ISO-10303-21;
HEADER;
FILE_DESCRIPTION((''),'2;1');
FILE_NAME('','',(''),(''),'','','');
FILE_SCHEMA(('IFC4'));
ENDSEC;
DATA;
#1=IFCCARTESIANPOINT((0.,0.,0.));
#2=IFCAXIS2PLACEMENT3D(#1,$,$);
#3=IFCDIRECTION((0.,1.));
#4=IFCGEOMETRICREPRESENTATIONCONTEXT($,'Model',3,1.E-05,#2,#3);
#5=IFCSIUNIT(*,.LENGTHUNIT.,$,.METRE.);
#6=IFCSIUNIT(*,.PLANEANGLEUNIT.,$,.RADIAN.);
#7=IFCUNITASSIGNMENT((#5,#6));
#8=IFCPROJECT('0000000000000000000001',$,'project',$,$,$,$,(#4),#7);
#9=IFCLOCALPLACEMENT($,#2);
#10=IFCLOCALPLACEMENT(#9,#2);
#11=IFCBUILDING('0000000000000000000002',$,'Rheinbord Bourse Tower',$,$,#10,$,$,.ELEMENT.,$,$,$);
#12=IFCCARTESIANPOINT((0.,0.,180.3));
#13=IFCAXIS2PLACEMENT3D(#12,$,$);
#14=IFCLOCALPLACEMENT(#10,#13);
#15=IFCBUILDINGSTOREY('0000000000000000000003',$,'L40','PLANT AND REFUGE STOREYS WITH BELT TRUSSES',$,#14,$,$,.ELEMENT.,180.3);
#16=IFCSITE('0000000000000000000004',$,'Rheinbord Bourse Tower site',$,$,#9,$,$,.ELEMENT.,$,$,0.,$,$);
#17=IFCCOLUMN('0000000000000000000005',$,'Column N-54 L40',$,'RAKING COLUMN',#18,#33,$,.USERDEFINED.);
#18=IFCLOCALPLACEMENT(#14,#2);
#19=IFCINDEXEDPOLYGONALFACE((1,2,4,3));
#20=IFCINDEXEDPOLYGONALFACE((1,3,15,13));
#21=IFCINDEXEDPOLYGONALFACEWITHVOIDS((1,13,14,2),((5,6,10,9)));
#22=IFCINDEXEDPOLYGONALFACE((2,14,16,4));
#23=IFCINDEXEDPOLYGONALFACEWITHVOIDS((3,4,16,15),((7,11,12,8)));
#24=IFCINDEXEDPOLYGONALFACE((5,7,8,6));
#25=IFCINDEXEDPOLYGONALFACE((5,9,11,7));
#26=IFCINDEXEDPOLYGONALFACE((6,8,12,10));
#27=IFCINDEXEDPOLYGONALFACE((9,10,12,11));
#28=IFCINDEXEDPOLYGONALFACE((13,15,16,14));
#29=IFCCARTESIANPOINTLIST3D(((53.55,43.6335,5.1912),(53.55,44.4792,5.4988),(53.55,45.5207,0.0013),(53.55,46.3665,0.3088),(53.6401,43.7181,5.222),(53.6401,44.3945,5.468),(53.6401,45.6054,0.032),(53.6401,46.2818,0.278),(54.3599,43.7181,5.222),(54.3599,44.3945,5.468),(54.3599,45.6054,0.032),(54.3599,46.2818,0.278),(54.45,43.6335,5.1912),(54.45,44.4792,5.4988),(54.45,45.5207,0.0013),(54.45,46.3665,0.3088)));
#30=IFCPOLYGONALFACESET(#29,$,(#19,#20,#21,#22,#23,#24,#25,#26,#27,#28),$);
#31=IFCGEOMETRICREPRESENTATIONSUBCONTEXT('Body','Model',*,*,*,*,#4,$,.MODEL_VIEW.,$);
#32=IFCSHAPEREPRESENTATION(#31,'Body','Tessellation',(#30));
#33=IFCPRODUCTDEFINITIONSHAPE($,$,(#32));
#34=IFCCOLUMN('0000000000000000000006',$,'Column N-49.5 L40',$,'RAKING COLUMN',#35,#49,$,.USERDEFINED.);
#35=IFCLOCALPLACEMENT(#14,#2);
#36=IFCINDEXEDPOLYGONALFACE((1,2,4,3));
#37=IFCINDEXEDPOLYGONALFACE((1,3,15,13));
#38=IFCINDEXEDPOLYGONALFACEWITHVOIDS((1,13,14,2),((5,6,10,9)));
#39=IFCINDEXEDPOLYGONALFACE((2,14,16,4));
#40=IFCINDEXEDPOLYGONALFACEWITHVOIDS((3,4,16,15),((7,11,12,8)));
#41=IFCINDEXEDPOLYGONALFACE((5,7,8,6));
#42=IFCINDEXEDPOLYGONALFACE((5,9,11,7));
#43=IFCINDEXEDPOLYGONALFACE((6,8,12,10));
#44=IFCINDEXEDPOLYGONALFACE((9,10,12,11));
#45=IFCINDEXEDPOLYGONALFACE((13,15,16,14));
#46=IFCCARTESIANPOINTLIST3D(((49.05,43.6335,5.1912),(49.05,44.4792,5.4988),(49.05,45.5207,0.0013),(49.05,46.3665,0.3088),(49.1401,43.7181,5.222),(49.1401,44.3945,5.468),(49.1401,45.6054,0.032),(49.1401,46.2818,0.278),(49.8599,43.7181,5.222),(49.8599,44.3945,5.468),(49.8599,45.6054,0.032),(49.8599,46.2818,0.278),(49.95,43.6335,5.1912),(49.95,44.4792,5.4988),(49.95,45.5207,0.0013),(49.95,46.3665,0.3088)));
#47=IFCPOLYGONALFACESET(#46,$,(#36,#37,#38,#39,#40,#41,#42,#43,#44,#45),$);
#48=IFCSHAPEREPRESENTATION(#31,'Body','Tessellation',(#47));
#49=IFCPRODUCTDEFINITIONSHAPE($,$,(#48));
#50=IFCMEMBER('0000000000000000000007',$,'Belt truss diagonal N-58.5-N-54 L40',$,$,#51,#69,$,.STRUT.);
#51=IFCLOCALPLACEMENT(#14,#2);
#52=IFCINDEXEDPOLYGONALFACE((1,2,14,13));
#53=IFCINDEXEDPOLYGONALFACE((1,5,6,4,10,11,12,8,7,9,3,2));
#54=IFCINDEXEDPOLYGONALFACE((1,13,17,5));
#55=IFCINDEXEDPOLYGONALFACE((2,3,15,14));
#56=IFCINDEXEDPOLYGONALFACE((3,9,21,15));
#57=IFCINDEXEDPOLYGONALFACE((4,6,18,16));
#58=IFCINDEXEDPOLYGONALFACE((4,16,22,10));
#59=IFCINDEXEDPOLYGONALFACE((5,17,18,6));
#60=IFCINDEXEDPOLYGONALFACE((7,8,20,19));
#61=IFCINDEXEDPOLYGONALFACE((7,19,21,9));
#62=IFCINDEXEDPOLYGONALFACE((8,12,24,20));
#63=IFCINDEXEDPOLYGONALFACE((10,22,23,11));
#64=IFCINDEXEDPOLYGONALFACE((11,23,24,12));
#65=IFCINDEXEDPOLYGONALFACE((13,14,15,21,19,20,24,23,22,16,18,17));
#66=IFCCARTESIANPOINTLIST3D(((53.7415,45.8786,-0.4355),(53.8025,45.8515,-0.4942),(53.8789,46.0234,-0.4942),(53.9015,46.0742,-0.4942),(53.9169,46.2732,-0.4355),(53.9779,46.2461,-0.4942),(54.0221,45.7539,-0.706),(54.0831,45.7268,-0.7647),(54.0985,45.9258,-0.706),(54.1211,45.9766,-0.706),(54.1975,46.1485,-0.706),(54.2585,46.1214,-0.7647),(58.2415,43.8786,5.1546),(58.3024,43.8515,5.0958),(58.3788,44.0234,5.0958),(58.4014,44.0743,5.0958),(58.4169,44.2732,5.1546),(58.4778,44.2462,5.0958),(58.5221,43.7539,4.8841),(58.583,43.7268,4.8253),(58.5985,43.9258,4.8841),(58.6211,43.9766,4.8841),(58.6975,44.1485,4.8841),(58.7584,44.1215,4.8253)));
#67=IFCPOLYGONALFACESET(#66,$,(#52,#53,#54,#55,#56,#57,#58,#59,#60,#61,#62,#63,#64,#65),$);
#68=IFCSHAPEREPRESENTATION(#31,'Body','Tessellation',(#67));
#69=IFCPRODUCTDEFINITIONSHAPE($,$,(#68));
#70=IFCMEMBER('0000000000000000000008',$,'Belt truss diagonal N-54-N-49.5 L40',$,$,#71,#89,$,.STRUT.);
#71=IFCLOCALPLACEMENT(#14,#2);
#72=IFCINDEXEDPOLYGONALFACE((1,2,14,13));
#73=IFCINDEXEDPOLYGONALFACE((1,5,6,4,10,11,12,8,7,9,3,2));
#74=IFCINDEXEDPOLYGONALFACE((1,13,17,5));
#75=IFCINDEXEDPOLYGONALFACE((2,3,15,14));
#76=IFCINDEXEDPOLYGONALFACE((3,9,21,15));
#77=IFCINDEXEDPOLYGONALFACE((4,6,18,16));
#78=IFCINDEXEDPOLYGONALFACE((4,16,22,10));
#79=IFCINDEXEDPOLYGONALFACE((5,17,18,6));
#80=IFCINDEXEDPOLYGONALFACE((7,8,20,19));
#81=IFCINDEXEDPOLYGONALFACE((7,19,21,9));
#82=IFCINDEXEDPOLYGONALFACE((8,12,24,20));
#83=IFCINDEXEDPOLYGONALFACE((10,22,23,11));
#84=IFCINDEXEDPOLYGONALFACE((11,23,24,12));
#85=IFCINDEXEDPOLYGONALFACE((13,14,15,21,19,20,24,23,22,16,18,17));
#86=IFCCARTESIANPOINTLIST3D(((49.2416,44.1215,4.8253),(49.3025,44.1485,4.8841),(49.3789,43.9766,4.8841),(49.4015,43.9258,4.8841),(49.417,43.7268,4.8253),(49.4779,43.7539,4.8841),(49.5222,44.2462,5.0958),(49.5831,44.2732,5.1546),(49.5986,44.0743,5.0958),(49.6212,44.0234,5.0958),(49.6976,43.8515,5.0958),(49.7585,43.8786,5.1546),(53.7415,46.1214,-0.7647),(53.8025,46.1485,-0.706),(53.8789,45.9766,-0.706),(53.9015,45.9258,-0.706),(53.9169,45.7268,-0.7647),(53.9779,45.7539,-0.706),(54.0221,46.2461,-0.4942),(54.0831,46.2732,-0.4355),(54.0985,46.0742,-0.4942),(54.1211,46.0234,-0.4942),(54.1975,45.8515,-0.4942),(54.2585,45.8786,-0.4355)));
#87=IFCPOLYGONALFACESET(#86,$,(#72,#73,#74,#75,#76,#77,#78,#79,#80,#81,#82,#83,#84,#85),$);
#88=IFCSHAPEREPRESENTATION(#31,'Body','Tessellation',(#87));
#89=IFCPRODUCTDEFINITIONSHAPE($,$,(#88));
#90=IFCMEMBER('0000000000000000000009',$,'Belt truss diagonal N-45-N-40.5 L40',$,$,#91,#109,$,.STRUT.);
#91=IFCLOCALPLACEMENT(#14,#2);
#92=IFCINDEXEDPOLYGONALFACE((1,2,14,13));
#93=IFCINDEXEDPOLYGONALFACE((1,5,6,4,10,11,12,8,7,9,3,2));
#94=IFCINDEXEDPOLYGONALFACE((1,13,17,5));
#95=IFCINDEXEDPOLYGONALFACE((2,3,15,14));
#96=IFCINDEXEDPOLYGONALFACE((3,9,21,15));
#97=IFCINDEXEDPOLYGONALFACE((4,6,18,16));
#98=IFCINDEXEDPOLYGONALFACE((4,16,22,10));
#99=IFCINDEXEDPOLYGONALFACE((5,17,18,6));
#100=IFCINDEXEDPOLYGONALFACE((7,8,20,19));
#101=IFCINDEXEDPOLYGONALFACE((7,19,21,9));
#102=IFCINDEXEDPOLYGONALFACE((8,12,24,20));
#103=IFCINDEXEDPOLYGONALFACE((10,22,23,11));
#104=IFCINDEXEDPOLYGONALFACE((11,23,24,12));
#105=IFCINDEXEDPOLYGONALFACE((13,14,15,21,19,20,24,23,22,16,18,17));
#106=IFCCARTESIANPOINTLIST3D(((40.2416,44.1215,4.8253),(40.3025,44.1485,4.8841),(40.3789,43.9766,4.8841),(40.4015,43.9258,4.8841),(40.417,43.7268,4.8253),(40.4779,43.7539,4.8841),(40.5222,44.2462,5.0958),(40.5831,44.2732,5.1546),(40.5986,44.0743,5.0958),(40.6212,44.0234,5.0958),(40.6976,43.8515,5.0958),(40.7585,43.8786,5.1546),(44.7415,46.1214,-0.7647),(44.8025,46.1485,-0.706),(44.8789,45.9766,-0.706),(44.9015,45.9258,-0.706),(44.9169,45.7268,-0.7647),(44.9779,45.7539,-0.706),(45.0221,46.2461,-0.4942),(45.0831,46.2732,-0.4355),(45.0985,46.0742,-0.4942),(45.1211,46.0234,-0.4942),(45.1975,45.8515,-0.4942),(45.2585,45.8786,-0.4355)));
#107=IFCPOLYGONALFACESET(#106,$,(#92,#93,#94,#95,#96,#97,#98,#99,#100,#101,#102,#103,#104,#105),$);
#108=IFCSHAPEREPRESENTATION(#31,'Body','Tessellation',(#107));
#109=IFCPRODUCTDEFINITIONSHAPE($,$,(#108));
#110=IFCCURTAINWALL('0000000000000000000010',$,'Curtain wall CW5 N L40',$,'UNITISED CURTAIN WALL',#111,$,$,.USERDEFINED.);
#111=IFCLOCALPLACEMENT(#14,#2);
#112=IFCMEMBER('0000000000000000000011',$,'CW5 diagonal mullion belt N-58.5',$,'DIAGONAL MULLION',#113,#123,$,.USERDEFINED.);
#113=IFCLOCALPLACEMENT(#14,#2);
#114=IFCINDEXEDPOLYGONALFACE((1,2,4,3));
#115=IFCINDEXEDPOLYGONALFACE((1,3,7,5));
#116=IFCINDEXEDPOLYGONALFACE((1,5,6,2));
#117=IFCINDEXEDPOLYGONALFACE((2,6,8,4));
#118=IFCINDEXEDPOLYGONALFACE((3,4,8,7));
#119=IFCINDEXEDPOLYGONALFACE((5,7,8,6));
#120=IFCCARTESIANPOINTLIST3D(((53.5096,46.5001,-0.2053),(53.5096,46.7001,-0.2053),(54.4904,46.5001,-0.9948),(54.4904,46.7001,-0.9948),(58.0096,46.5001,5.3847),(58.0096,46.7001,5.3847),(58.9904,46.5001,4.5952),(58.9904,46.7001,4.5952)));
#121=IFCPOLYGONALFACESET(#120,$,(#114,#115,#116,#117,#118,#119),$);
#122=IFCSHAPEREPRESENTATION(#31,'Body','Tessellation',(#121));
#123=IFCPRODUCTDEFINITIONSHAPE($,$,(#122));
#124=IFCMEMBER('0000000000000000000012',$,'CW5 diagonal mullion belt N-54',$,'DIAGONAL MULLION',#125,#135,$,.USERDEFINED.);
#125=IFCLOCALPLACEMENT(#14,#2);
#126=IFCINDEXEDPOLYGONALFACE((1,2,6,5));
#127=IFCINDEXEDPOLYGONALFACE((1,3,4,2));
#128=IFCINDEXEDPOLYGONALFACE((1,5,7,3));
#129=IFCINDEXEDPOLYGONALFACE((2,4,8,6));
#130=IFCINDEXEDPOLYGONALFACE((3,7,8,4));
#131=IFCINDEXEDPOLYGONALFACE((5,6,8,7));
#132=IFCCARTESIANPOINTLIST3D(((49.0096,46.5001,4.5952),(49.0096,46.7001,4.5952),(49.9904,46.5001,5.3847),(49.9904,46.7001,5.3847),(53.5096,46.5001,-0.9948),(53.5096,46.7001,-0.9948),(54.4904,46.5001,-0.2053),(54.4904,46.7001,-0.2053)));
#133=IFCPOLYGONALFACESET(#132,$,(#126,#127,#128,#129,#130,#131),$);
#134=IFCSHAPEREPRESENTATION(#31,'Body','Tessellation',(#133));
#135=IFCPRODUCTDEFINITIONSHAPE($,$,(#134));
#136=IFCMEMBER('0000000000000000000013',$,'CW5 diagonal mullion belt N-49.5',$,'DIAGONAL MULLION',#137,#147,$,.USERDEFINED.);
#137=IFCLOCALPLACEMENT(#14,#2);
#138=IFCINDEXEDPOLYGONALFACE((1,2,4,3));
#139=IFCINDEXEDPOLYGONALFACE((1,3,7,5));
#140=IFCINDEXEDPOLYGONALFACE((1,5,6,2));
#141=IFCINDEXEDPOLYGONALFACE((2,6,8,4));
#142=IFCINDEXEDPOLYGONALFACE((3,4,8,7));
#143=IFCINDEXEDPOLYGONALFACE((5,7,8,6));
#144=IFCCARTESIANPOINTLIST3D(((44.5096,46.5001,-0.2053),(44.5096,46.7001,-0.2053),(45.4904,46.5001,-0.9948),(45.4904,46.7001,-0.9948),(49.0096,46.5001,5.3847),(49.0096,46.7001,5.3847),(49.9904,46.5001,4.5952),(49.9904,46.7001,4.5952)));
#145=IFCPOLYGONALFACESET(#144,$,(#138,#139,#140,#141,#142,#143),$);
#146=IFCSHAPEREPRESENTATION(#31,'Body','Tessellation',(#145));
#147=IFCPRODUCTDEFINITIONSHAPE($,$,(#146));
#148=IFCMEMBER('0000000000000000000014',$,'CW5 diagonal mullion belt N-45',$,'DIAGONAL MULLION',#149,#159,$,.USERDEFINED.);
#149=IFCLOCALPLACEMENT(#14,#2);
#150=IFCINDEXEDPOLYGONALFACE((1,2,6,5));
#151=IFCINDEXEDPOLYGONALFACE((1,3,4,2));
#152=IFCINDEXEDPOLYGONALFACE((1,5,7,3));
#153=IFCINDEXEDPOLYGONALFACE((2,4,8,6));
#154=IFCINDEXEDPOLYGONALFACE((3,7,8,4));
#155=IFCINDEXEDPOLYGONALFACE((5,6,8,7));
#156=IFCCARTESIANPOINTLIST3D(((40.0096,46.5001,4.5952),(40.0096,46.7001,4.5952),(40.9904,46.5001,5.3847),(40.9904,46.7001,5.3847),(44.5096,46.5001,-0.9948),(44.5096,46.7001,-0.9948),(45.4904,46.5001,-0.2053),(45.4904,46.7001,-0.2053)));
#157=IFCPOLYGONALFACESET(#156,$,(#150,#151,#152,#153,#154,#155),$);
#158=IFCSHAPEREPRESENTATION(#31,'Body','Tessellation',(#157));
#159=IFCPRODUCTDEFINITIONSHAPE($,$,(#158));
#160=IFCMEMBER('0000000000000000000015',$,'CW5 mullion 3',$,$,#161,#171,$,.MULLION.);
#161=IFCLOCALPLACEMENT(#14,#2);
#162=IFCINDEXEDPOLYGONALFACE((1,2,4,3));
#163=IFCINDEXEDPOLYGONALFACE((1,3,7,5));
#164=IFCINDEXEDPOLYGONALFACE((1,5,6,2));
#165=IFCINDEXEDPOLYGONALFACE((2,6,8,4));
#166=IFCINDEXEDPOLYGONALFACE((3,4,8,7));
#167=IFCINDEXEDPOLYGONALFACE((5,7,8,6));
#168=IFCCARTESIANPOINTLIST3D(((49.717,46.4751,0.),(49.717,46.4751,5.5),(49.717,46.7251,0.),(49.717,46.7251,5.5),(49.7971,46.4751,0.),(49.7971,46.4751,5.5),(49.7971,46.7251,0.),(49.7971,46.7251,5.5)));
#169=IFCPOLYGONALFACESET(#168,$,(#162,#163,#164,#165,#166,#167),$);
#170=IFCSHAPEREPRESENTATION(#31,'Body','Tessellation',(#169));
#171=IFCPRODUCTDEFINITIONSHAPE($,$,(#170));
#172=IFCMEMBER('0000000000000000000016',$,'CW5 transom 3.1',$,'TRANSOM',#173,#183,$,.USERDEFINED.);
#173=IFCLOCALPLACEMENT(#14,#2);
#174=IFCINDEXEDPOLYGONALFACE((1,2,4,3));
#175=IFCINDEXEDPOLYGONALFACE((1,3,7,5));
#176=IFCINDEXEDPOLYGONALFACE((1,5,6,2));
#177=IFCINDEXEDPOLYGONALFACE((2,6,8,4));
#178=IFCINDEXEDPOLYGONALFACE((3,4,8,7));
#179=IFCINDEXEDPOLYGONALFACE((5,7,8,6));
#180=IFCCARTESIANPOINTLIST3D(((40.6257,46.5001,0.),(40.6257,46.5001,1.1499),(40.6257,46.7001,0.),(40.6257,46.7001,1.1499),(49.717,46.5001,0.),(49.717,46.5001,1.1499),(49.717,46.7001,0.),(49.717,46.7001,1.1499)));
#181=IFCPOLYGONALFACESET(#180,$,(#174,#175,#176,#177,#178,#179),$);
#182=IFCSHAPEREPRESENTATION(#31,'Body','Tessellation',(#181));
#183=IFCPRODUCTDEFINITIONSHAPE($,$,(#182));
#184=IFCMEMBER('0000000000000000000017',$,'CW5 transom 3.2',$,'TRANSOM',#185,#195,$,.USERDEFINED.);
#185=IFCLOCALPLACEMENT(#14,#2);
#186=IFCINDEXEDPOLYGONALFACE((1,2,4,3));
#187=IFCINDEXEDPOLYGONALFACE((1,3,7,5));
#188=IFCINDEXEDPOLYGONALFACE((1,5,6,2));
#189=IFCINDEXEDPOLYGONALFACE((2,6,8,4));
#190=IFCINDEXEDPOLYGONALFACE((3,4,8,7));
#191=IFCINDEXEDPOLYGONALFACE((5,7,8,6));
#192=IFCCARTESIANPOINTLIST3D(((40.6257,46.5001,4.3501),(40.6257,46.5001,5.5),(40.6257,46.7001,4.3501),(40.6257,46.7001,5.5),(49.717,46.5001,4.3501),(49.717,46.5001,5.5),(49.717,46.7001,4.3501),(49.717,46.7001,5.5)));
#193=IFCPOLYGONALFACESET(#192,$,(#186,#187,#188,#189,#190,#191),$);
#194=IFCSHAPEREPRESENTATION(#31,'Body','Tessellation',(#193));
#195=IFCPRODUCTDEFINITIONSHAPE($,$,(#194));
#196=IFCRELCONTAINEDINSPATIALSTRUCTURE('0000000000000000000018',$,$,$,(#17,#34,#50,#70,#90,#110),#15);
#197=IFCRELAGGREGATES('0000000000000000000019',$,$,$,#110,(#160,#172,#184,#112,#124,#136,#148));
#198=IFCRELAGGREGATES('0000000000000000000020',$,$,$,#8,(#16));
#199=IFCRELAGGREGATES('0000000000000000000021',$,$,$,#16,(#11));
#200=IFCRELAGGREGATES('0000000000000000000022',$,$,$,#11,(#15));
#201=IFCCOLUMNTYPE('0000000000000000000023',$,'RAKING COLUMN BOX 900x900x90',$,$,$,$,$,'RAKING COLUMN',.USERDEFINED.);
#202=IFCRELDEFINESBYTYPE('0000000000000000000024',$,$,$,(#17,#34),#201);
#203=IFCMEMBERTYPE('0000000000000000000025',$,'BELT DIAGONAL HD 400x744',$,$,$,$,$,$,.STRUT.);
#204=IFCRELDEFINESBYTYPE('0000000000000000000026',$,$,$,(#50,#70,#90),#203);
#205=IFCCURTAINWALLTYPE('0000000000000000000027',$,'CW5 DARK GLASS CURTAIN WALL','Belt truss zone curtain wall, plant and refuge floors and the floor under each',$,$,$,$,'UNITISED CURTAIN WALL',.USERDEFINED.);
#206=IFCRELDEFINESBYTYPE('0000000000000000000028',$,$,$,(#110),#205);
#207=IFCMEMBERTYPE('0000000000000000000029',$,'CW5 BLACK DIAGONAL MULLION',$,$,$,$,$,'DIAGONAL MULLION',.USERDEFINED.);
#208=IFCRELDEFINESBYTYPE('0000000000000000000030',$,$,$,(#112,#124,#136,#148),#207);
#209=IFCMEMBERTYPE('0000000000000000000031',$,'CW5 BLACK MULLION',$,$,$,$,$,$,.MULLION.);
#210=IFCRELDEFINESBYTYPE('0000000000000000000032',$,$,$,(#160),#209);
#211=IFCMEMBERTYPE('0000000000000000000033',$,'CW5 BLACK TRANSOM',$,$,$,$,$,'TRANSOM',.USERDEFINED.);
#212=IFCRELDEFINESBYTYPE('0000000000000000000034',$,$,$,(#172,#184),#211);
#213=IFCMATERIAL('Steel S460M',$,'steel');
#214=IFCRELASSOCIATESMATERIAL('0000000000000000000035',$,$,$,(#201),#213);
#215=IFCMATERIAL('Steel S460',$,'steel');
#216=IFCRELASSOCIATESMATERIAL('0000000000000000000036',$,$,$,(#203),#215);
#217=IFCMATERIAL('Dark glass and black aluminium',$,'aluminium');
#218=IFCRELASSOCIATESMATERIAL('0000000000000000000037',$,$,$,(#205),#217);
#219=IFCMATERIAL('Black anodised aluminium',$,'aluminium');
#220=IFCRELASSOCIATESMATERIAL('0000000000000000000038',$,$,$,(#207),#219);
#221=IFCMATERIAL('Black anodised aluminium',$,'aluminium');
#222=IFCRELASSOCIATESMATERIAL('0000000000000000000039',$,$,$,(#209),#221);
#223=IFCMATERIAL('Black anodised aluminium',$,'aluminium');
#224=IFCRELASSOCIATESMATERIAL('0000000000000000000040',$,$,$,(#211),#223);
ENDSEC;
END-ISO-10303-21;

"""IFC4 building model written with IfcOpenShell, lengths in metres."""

from ifc_helpers import new_model, si_unit, direction, frame, origin, origin_2d, place, context, subcontext, project, spatial, rectangle, hollow_rectangle, i_section, extrude, material, material_profile, profile_set, type_object, element, aggregate, save


model = new_model("IFC4")

# Units and contexts
model_context = context("Model", 3, precision=1e-05, world=origin(), true_north=direction((0.0, 1.0)))
body_context = subcontext(model_context, "Body", "Model", "MODEL_VIEW")
ifc_project = project(units=[si_unit("LENGTHUNIT", "METRE"), si_unit("PLANEANGLEUNIT", "RADIAN")], contexts=[model_context])

# Site, building, storey
site_placement = place(None, origin())
site = spatial("IfcSite", under=ifc_project, at=site_placement, Name="Rheinbord Bourse Tower site", CompositionType="ELEMENT", RefElevation=0.0)
building_placement = place(site_placement, origin())
building = spatial("IfcBuilding", under=site, at=building_placement, Name="Rheinbord Bourse Tower", CompositionType="ELEMENT")
storey_placement = place(building_placement, frame((0.0, 0.0, 180.3)))
storey = spatial("IfcBuildingStorey", under=building, at=storey_placement, Name="L40", Description="PLANT AND REFUGE STOREYS WITH BELT TRUSSES", CompositionType="ELEMENT", Elevation=180.3)

# Columns
ifc_material_1 = material(Name="Steel S460M", Category="steel")
ifc_material_profile_1 = material_profile(ifc_material_1, hollow_rectangle(XDim=0.8999, YDim=0.8999, WallThickness=0.0901, at=origin_2d()), Name="BOX 900x900x90")
ifc_profile_set_1 = profile_set([ifc_material_profile_1], Name="Steel S460M")
column_type = type_object("IfcColumnType", Name="RAKING COLUMN BOX 900x900x90", ElementType="RAKING COLUMN", PredefinedType="USERDEFINED", material=ifc_profile_set_1)
for number, where, z_axis, x_axis, name in (
    (1, (54.0, 45.9436, 0.155), (0.0, -0.341743, 0.939793), (0.0, 0.939793, 0.341743), "Column N-54 L40"),
    (2, (49.5, 45.9436, 0.155), (0.0, -0.341743, 0.939793), (0.0, 0.939793, 0.341743), "Column N-49.5 L40"),
):
    element("IfcColumn", number, at=place(storey_placement, frame(where, z_axis=z_axis, x_axis=x_axis)), inside=storey, type_object=column_type, Name=name, ObjectType="RAKING COLUMN", PredefinedType="USERDEFINED", context=body_context, shape_type="SweptSolid", body=[
        extrude(hollow_rectangle(XDim=0.8999, YDim=0.8999, WallThickness=0.0901, at=origin_2d()), origin(), (0.0, 0.0, 1.0), 5.5225),
    ])

# Members
ifc_material_2 = material(Name="Steel S460", Category="steel")
ifc_material_profile_2 = material_profile(ifc_material_2, i_section(OverallWidth=0.4319, OverallDepth=0.498, WebThickness=0.0557, FlangeThickness=0.0889, at=origin_2d()), Name="HD 400x744")
ifc_profile_set_2 = profile_set([ifc_material_profile_2], Name="Steel S460")
member_type_1 = type_object("IfcMemberType", Name="BELT DIAGONAL HD 400x744", PredefinedType="STRUT", material=ifc_profile_set_2)
for number, where, z_axis, x_axis, name in (
    (3, (54.0, 46.0, -0.6001), (0.604045, -0.268465, 0.75037), (0.406138, 0.913812, 0.0), "Belt truss diagonal N-58.5-N-54 L40"),
    (4, (54.0, 46.0, -0.6001), (-0.604045, -0.268465, 0.75037), (0.406138, -0.913812, 0.0), "Belt truss diagonal N-54-N-49.5 L40"),
    (5, (45.0, 46.0, -0.6001), (-0.604045, -0.268465, 0.75037), (0.406138, -0.913812, 0.0), "Belt truss diagonal N-45-N-40.5 L40"),
):
    element("IfcMember", number, at=place(storey_placement, frame(where, z_axis=z_axis, x_axis=x_axis)), inside=storey, type_object=member_type_1, Name=name, PredefinedType="STRUT", context=body_context, shape_type="SweptSolid", body=[
        extrude(i_section(OverallWidth=0.4319, OverallDepth=0.498, WebThickness=0.0557, FlangeThickness=0.0889, at=origin_2d()), origin(), (0.0, 0.0, 1.0), 7.4497),
    ])

# Curtain wall, members
ifc_material_3 = material(Name="Dark glass and black aluminium", Category="aluminium")
curtain_wall_type = type_object("IfcCurtainWallType", Name="CW5 DARK GLASS CURTAIN WALL", Description="Belt truss zone curtain wall, plant and refuge floors and the floor under each", ElementType="UNITISED CURTAIN WALL", PredefinedType="USERDEFINED", material=ifc_material_3)
curtain_wall_placement = place(storey_placement, origin())
curtain_wall = element("IfcCurtainWall", 6, at=curtain_wall_placement, inside=storey, type_object=curtain_wall_type, Name="Curtain wall CW5 N L40", ObjectType="UNITISED CURTAIN WALL", PredefinedType="USERDEFINED")
ifc_material_4 = material(Name="Black anodised aluminium", Category="aluminium")
ifc_material_profile_3 = material_profile(ifc_material_4, rectangle(XDim=0.2, YDim=1.259, at=origin_2d()), Name="CW5 DIAGONAL MULLION 1259x200")
ifc_profile_set_3 = profile_set([ifc_material_profile_3], Name="Black anodised aluminium")
member_type_2 = type_object("IfcMemberType", Name="CW5 BLACK DIAGONAL MULLION", ElementType="DIAGONAL MULLION", PredefinedType="USERDEFINED", material=ifc_profile_set_3)
member_1_placement = place(storey_placement, frame((54.0, 46.6001, -0.6001), z_axis=(0.627065, 0.0, 0.778967), x_axis=(0.0, 1.0, 0.0)))
member_1 = element("IfcMember", 7, at=member_1_placement, type_object=member_type_2, Name="CW5 diagonal mullion belt N-58.5", ObjectType="DIAGONAL MULLION", PredefinedType="USERDEFINED", context=body_context, shape_type="SweptSolid", body=[
    extrude(rectangle(XDim=0.2, YDim=1.259, at=origin_2d()), origin(), (0.0, 0.0, 1.0), 7.1763),
])
member_2_placement = place(storey_placement, frame((54.0, 46.6001, -0.6001), z_axis=(-0.627065, 0.0, 0.778967), x_axis=(0.0, -1.0, 0.0)))
member_2 = element("IfcMember", 8, at=member_2_placement, type_object=member_type_2, Name="CW5 diagonal mullion belt N-54", ObjectType="DIAGONAL MULLION", PredefinedType="USERDEFINED", context=body_context, shape_type="SweptSolid", body=[
    extrude(rectangle(XDim=0.2, YDim=1.259, at=origin_2d()), origin(), (0.0, 0.0, 1.0), 7.1763),
])
member_3_placement = place(storey_placement, frame((45.0, 46.6001, -0.6001), z_axis=(0.627065, 0.0, 0.778967), x_axis=(0.0, 1.0, 0.0)))
member_3 = element("IfcMember", 9, at=member_3_placement, type_object=member_type_2, Name="CW5 diagonal mullion belt N-49.5", ObjectType="DIAGONAL MULLION", PredefinedType="USERDEFINED", context=body_context, shape_type="SweptSolid", body=[
    extrude(rectangle(XDim=0.2, YDim=1.259, at=origin_2d()), origin(), (0.0, 0.0, 1.0), 7.1763),
])
member_4_placement = place(storey_placement, frame((45.0, 46.6001, -0.6001), z_axis=(-0.627065, 0.0, 0.778967), x_axis=(0.0, -1.0, 0.0)))
member_4 = element("IfcMember", 10, at=member_4_placement, type_object=member_type_2, Name="CW5 diagonal mullion belt N-45", ObjectType="DIAGONAL MULLION", PredefinedType="USERDEFINED", context=body_context, shape_type="SweptSolid", body=[
    extrude(rectangle(XDim=0.2, YDim=1.259, at=origin_2d()), origin(), (0.0, 0.0, 1.0), 7.1763),
])
ifc_material_5 = material(Name="Black anodised aluminium", Category="aluminium")
ifc_material_profile_4 = material_profile(ifc_material_5, rectangle(XDim=0.25, YDim=0.0801, at=origin_2d()), Name="CW5 MULLION 80x250")
ifc_profile_set_4 = profile_set([ifc_material_profile_4], Name="Black anodised aluminium")
member_type_3 = type_object("IfcMemberType", Name="CW5 BLACK MULLION", PredefinedType="MULLION", material=ifc_profile_set_4)
member_5_placement = place(storey_placement, frame((49.7571, 46.6001, 0.0), z_axis=(0.0, 0.0, 1.0), x_axis=(0.0, -1.0, 0.0)))
member_5 = element("IfcMember", 11, at=member_5_placement, type_object=member_type_3, Name="CW5 mullion 3", PredefinedType="MULLION", context=body_context, shape_type="SweptSolid", body=[
    extrude(rectangle(XDim=0.25, YDim=0.0801, at=origin_2d()), origin(), (0.0, 0.0, 1.0), 5.5),
])
ifc_material_6 = material(Name="Black anodised aluminium", Category="aluminium")
ifc_material_profile_5 = material_profile(ifc_material_6, rectangle(XDim=0.2, YDim=1.1499, at=origin_2d()), Name="CW5 TRANSOM 1150x200")
ifc_profile_set_5 = profile_set([ifc_material_profile_5], Name="Black anodised aluminium")
member_type_4 = type_object("IfcMemberType", Name="CW5 BLACK TRANSOM", ElementType="TRANSOM", PredefinedType="USERDEFINED", material=ifc_profile_set_5)
member_6_placement = place(storey_placement, frame((49.717, 46.6001, 0.575), z_axis=(-1.0, 0.0, 0.0), x_axis=(0.0, -1.0, 0.0)))
member_6 = element("IfcMember", 12, at=member_6_placement, type_object=member_type_4, Name="CW5 transom 3.1", ObjectType="TRANSOM", PredefinedType="USERDEFINED", context=body_context, shape_type="SweptSolid", body=[
    extrude(rectangle(XDim=0.2, YDim=1.1499, at=origin_2d()), origin(), (0.0, 0.0, 1.0), 9.0913),
])
member_7_placement = place(storey_placement, frame((49.717, 46.6001, 4.925), z_axis=(-1.0, 0.0, 0.0), x_axis=(0.0, -1.0, 0.0)))
member_7 = element("IfcMember", 13, at=member_7_placement, type_object=member_type_4, Name="CW5 transom 3.2", ObjectType="TRANSOM", PredefinedType="USERDEFINED", context=body_context, shape_type="SweptSolid", body=[
    extrude(rectangle(XDim=0.2, YDim=1.1499, at=origin_2d()), origin(), (0.0, 0.0, 1.0), 9.0913),
])

aggregate(curtain_wall, [member_5, member_6, member_7, member_1, member_2, member_3, member_4])

save(model, "model.ifc")
